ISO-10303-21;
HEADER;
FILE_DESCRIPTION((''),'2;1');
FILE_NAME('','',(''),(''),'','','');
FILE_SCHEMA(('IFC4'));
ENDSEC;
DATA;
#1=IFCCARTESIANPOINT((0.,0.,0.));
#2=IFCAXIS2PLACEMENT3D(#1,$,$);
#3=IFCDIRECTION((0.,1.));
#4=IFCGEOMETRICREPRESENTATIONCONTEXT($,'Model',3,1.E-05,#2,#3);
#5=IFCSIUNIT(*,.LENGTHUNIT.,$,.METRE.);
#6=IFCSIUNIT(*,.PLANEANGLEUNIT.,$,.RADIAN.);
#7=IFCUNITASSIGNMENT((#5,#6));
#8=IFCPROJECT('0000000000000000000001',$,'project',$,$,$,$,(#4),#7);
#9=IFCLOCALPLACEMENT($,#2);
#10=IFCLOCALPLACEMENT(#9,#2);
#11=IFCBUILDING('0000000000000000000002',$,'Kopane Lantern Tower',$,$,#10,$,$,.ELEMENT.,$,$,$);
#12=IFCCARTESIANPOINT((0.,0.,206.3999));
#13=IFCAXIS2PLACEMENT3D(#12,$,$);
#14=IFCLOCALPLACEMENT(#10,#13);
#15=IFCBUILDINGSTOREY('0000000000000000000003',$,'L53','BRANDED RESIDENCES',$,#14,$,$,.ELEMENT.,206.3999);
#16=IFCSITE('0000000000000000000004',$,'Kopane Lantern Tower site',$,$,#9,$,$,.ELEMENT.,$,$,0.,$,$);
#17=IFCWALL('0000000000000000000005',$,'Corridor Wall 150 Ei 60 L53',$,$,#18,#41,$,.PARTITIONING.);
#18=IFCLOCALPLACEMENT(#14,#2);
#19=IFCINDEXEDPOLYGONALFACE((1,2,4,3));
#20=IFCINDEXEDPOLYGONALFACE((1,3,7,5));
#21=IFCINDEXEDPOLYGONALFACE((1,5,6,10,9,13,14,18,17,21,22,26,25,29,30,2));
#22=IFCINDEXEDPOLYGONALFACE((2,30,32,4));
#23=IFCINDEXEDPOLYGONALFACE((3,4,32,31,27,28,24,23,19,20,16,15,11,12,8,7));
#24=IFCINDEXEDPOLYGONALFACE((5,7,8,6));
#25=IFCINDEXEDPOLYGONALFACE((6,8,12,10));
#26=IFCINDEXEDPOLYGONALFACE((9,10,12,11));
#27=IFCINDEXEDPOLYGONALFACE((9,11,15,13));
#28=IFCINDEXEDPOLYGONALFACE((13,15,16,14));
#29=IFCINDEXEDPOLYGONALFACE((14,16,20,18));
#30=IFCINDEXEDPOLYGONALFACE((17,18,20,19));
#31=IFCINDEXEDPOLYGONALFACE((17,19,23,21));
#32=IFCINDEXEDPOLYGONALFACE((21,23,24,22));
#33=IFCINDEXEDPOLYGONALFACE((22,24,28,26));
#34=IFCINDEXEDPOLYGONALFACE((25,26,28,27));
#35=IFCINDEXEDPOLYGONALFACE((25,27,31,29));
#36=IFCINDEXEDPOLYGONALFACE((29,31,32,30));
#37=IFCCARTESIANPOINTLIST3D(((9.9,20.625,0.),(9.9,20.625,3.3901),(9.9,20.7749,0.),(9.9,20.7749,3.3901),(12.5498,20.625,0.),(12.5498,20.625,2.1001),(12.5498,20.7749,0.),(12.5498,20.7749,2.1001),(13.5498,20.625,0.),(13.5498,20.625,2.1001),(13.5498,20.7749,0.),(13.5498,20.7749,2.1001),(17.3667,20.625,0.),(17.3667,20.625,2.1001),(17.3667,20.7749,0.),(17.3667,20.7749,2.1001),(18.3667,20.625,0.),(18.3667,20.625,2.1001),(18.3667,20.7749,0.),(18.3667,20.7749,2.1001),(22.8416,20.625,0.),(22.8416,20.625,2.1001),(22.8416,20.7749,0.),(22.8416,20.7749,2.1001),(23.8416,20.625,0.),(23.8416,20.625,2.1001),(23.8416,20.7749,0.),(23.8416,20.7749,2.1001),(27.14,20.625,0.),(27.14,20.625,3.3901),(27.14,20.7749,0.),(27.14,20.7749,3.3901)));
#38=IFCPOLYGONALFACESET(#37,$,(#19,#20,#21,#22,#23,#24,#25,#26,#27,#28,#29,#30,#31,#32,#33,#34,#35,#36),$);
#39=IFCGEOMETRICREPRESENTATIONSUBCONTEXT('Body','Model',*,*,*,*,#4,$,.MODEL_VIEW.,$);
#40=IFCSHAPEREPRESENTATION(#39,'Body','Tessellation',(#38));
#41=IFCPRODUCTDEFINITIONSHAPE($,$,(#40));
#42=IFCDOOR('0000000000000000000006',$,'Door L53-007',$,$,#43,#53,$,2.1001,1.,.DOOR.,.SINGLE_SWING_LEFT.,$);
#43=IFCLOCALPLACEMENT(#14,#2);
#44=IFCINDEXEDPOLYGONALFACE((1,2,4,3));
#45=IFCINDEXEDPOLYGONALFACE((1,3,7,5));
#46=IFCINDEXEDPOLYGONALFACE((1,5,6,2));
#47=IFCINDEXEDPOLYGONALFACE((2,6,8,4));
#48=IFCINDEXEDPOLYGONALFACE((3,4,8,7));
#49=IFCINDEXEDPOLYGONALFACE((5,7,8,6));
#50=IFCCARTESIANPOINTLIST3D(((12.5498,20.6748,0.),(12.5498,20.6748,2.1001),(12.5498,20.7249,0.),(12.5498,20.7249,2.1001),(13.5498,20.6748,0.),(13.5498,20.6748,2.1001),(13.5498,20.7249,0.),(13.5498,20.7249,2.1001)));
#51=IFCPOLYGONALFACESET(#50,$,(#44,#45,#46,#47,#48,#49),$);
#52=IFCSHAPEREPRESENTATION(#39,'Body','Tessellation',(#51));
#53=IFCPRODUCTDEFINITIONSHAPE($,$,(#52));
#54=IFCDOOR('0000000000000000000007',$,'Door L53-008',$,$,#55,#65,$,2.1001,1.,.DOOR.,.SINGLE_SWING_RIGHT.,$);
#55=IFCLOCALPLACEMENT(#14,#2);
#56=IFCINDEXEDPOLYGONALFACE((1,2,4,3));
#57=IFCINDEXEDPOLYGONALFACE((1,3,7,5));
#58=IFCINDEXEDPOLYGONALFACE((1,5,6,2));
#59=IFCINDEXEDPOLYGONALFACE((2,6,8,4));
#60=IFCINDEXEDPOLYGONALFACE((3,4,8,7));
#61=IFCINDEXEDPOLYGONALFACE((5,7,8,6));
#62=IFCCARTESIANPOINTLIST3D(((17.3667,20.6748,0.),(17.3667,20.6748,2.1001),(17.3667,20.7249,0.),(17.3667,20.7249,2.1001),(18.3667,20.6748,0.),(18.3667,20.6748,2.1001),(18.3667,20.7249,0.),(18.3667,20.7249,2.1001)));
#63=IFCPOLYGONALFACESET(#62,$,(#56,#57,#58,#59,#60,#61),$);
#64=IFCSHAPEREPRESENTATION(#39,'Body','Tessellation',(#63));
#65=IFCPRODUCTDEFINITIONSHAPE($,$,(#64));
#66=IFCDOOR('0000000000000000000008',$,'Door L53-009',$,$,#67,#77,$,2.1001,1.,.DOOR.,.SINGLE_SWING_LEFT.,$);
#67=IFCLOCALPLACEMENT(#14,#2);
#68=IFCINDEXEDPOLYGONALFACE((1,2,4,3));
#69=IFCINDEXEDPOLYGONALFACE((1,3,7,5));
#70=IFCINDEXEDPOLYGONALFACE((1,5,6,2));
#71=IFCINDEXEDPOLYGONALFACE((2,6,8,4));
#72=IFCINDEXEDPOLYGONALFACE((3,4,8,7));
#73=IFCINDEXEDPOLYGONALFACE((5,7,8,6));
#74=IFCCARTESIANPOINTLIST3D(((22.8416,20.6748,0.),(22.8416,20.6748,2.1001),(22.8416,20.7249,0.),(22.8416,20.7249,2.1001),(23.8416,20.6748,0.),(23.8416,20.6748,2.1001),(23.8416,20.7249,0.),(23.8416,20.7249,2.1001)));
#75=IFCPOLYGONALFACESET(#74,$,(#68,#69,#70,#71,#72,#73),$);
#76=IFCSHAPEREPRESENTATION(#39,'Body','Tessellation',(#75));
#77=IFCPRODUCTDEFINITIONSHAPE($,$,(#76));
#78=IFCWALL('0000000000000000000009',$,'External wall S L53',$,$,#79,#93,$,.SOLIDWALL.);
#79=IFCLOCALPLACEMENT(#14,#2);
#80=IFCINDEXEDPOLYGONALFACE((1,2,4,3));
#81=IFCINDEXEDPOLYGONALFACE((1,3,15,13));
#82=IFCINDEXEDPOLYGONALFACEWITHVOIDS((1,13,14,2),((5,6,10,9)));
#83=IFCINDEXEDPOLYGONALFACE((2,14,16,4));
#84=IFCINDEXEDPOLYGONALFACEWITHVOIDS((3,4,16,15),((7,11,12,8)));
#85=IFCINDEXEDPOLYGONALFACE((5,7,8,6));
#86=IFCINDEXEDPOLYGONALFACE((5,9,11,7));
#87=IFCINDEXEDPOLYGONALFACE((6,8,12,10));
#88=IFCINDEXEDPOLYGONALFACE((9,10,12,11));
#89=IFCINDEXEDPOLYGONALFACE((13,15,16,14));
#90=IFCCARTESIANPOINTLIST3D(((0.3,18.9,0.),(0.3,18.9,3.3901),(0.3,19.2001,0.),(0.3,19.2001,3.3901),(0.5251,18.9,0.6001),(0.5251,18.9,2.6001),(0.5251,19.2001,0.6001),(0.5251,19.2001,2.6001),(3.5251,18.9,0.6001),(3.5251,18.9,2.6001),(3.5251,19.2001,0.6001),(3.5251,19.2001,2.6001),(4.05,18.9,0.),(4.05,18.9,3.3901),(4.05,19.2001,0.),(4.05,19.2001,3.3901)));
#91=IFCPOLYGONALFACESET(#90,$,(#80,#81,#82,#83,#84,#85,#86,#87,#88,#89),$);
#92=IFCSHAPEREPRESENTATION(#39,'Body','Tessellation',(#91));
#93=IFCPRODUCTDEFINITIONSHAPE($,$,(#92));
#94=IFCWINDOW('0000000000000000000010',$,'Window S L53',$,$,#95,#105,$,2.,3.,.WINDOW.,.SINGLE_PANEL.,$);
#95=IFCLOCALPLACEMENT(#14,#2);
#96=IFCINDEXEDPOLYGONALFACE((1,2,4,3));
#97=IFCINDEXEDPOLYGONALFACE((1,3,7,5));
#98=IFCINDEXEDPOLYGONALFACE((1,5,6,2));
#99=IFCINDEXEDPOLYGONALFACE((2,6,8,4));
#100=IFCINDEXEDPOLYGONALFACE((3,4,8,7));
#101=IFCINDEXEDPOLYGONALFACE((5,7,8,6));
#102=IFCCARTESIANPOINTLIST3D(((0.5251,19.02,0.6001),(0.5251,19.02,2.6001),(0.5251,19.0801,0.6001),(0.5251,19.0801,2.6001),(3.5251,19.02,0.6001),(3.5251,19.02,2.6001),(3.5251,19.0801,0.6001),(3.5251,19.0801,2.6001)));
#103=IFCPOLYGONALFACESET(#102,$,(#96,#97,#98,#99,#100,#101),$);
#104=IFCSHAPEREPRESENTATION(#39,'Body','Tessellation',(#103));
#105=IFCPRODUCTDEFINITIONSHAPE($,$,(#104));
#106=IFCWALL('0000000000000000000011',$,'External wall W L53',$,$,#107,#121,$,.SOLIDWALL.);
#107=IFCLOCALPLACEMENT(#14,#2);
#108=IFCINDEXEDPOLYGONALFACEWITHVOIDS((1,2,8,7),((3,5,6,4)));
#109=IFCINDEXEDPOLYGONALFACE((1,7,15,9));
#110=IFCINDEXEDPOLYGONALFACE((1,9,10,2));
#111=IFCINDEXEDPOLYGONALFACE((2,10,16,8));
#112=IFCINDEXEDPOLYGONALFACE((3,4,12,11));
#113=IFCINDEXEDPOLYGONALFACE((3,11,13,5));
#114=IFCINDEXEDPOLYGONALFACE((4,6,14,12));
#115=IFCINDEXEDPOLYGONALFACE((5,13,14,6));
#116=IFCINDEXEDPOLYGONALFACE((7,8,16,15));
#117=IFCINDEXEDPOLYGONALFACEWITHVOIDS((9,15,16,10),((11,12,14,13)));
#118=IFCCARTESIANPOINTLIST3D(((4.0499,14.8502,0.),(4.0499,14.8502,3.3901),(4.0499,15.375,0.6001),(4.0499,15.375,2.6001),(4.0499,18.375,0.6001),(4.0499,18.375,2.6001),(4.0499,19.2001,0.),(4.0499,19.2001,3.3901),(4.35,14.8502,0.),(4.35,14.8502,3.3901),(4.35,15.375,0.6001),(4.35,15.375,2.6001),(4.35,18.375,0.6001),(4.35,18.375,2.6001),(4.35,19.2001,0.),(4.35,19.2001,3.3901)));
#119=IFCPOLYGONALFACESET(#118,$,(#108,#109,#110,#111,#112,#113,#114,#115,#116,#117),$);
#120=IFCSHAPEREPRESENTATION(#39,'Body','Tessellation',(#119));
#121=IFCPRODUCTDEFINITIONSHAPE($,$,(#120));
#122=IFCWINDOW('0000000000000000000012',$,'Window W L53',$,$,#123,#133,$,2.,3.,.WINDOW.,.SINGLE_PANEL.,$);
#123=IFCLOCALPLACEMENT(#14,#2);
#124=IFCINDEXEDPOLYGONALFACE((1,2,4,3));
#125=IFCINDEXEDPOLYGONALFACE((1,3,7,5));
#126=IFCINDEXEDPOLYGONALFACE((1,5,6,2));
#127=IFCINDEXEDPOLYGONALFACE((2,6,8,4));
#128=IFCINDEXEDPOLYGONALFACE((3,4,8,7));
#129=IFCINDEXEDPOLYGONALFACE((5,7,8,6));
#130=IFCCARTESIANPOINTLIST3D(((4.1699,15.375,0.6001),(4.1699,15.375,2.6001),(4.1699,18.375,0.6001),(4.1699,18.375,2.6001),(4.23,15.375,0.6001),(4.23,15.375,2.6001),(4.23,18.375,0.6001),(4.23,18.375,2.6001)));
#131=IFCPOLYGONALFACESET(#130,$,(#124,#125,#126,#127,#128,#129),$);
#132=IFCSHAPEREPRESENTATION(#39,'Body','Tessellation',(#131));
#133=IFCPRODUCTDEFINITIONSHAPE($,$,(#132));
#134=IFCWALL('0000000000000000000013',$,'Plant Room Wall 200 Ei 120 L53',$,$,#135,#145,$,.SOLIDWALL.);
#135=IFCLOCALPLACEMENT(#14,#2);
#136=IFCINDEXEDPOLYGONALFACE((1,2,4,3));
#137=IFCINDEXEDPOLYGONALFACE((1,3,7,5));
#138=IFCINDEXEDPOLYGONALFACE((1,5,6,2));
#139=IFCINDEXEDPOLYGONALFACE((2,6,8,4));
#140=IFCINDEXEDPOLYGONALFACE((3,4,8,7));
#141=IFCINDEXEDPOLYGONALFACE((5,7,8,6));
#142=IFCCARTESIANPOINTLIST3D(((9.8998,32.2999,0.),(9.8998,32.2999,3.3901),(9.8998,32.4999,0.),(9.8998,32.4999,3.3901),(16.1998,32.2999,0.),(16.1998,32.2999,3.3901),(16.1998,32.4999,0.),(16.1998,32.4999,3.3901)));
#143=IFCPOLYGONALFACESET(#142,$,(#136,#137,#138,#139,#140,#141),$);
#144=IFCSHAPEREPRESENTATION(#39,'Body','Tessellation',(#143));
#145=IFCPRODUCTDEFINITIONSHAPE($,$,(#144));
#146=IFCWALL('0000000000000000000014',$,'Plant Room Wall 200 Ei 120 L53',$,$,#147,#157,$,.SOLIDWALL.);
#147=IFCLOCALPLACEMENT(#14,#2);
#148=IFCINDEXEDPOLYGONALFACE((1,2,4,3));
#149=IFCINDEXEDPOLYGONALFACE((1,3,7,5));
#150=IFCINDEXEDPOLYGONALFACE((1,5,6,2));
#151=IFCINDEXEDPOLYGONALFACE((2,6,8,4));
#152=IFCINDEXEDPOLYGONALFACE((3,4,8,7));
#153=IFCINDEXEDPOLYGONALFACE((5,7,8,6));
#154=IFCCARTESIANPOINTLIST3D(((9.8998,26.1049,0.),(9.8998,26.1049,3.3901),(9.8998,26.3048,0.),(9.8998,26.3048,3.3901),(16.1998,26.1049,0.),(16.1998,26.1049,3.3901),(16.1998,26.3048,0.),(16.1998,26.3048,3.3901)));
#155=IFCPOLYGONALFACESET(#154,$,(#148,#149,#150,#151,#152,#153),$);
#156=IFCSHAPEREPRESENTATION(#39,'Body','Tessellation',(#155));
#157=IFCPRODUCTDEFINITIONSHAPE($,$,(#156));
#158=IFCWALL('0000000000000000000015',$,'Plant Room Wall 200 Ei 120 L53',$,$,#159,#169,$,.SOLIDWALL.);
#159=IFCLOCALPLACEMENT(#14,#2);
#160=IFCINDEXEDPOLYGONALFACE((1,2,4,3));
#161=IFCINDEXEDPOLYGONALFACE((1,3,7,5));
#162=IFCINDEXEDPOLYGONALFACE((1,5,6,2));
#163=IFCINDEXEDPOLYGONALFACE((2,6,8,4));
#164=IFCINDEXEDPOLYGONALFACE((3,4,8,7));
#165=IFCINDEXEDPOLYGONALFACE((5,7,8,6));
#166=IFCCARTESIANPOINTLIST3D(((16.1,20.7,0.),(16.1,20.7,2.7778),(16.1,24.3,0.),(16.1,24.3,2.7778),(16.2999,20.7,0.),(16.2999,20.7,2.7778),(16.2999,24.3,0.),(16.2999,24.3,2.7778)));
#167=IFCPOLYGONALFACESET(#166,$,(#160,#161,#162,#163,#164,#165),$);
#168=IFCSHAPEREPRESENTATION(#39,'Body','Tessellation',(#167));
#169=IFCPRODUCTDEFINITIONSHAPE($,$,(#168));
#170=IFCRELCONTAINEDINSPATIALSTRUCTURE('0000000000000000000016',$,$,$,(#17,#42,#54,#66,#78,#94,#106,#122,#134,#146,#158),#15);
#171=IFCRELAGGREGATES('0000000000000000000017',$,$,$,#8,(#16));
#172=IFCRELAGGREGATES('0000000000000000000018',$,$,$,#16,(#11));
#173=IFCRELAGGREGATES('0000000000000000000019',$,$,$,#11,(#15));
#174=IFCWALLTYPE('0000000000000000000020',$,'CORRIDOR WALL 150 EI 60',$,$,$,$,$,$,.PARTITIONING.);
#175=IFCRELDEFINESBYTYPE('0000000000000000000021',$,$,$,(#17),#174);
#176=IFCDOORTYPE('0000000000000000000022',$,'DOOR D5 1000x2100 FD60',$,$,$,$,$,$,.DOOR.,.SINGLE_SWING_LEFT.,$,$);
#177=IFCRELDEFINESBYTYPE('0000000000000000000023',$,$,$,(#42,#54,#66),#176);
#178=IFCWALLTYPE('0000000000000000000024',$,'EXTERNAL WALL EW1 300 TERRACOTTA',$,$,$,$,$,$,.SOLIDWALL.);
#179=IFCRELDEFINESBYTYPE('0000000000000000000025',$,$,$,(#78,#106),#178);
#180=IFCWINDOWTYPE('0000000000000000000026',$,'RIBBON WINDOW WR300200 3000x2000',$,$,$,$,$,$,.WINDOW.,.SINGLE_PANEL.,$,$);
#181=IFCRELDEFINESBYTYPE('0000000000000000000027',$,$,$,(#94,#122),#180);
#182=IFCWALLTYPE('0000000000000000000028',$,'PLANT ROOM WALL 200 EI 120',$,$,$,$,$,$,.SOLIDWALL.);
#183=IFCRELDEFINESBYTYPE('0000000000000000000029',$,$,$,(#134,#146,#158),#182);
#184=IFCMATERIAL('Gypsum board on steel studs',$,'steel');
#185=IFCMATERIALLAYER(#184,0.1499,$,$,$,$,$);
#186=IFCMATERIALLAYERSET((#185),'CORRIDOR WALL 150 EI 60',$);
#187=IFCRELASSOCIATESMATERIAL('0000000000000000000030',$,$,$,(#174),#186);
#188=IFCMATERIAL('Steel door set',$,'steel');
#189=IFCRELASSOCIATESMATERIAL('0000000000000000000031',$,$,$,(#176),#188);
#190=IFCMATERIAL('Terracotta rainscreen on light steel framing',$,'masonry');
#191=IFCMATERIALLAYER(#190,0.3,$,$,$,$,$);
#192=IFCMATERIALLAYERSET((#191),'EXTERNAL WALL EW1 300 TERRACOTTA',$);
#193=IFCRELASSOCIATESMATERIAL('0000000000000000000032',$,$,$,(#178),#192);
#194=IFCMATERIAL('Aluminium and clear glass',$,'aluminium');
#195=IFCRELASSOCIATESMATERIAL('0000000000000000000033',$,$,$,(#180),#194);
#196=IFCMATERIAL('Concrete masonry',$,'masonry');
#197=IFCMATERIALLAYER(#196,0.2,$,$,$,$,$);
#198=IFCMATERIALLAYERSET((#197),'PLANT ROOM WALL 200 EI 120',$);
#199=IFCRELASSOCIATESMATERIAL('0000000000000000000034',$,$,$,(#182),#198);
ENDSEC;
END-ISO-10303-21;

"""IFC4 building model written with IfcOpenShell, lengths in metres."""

from ifc_helpers import new_model, si_unit, direction, frame, frame_2d, origin, place, context, subcontext, project, spatial, rectangle, extrude, material, layer, layer_set, type_object, element, fill, save


model = new_model("IFC4")

# Units and contexts
model_context = context("Model", 3, precision=1e-05, world=origin(), true_north=direction((0.0, 1.0)))
body_context = subcontext(model_context, "Body", "Model", "MODEL_VIEW")
ifc_project = project(units=[si_unit("LENGTHUNIT", "METRE"), si_unit("PLANEANGLEUNIT", "RADIAN")], contexts=[model_context])

# Site, building, storey
site_placement = place(None, origin())
site = spatial("IfcSite", under=ifc_project, at=site_placement, Name="Kopane Lantern Tower site", CompositionType="ELEMENT", RefElevation=0.0)
building_placement = place(site_placement, origin())
building = spatial("IfcBuilding", under=site, at=building_placement, Name="Kopane Lantern Tower", CompositionType="ELEMENT")
storey_placement = place(building_placement, frame((0.0, 0.0, 206.3999)))
storey = spatial("IfcBuildingStorey", under=building, at=storey_placement, Name="L53", Description="BRANDED RESIDENCES", CompositionType="ELEMENT", Elevation=206.3999)

# Wall, openings, doors
ifc_material_1 = material(Name="Gypsum board on steel studs", Category="steel")
ifc_layer_1 = layer(ifc_material_1, 0.1499)
ifc_layer_set_1 = layer_set([ifc_layer_1], Name="CORRIDOR WALL 150 EI 60")
wall_type_1 = type_object("IfcWallType", Name="CORRIDOR WALL 150 EI 60", PredefinedType="PARTITIONING", material=ifc_layer_set_1)
wall_1_placement = place(storey_placement, frame((9.8999, 20.7, 0.0), z_axis=(0.0, 0.0, 1.0), x_axis=(1.0, 0.0, 0.0)))
wall_1 = element("IfcWall", 1, at=wall_1_placement, inside=storey, type_object=wall_type_1, Name="Corridor Wall 150 Ei 60 L53", PredefinedType="PARTITIONING", context=body_context, shape_type="SweptSolid", body=[
    extrude(rectangle(XDim=17.24, YDim=0.1499, at=frame_2d((8.6201, 0.0))), origin(), (0.0, 0.0, 1.0), 3.3901),
])
opening_1_placement = place(wall_1_placement, frame((2.6499, 0.0, 0.0)))
opening_1 = element("IfcOpeningElement", 2, at=opening_1_placement, cuts=wall_1, PredefinedType="OPENING", context=body_context, shape_type="SweptSolid", body=[
    extrude(rectangle(XDim=1.0, YDim=2.1001, at=frame_2d((0.5, 1.05))), frame((0.0, 0.085, 0.0), z_axis=(0.0, -1.0, 0.0), x_axis=(1.0, 0.0, 0.0)), (0.0, 0.0, 1.0), 0.1699),
])
opening_2_placement = place(wall_1_placement, frame((7.4668, 0.0, 0.0)))
opening_2 = element("IfcOpeningElement", 3, at=opening_2_placement, cuts=wall_1, PredefinedType="OPENING", context=body_context, shape_type="SweptSolid", body=[
    extrude(rectangle(XDim=1.0, YDim=2.1001, at=frame_2d((0.5, 1.05))), frame((0.0, 0.085, 0.0), z_axis=(0.0, -1.0, 0.0), x_axis=(1.0, 0.0, 0.0)), (0.0, 0.0, 1.0), 0.1699),
])
opening_3_placement = place(wall_1_placement, frame((12.9417, 0.0, 0.0)))
opening_3 = element("IfcOpeningElement", 4, at=opening_3_placement, cuts=wall_1, PredefinedType="OPENING", context=body_context, shape_type="SweptSolid", body=[
    extrude(rectangle(XDim=1.0, YDim=2.1001, at=frame_2d((0.5, 1.05))), frame((0.0, 0.085, 0.0), z_axis=(0.0, -1.0, 0.0), x_axis=(1.0, 0.0, 0.0)), (0.0, 0.0, 1.0), 0.1699),
])
ifc_material_2 = material(Name="Steel door set", Category="steel")
door_type_1 = type_object("IfcDoorType", Name="DOOR D5 1000x2100 FD60", OperationType="SINGLE_SWING_LEFT", PredefinedType="DOOR", material=ifc_material_2)
door_1_placement = place(opening_1_placement, origin())
door_1 = element("IfcDoor", 5, at=door_1_placement, inside=storey, type_object=door_type_1, Name="Door L53-007", OperationType="SINGLE_SWING_LEFT", OverallHeight=2.1001, OverallWidth=1.0, PredefinedType="DOOR", context=body_context, shape_type="SweptSolid", body=[
    extrude(rectangle(XDim=1.0, YDim=2.1001, at=frame_2d((0.5, 1.05))), frame((0.0, 0.0249, 0.0), z_axis=(0.0, -1.0, 0.0), x_axis=(1.0, 0.0, 0.0)), (0.0, 0.0, 1.0), 0.05),
])
fill(opening_1, door_1)
door_2_placement = place(opening_2_placement, origin())
door_2 = element("IfcDoor", 6, at=door_2_placement, inside=storey, type_object=door_type_1, Name="Door L53-008", OperationType="SINGLE_SWING_RIGHT", OverallHeight=2.1001, OverallWidth=1.0, PredefinedType="DOOR", context=body_context, shape_type="SweptSolid", body=[
    extrude(rectangle(XDim=1.0, YDim=2.1001, at=frame_2d((0.5, 1.05))), frame((0.0, 0.0249, 0.0), z_axis=(0.0, -1.0, 0.0), x_axis=(1.0, 0.0, 0.0)), (0.0, 0.0, 1.0), 0.05),
])
fill(opening_2, door_2)
door_3_placement = place(opening_3_placement, origin())
door_3 = element("IfcDoor", 7, at=door_3_placement, inside=storey, type_object=door_type_1, Name="Door L53-009", OperationType="SINGLE_SWING_LEFT", OverallHeight=2.1001, OverallWidth=1.0, PredefinedType="DOOR", context=body_context, shape_type="SweptSolid", body=[
    extrude(rectangle(XDim=1.0, YDim=2.1001, at=frame_2d((0.5, 1.05))), frame((0.0, 0.0249, 0.0), z_axis=(0.0, -1.0, 0.0), x_axis=(1.0, 0.0, 0.0)), (0.0, 0.0, 1.0), 0.05),
])
fill(opening_3, door_3)

# Walls, openings, windows
ifc_material_3 = material(Name="Terracotta rainscreen on light steel framing", Category="masonry")
ifc_layer_2 = layer(ifc_material_3, 0.3)
ifc_layer_set_2 = layer_set([ifc_layer_2], Name="EXTERNAL WALL EW1 300 TERRACOTTA")
wall_type_2 = type_object("IfcWallType", Name="EXTERNAL WALL EW1 300 TERRACOTTA", PredefinedType="SOLIDWALL", material=ifc_layer_set_2)
wall_2_placement = place(storey_placement, frame((0.3, 19.05, 0.0), z_axis=(0.0, 0.0, 1.0), x_axis=(1.0, 0.0, 0.0)))
wall_2 = element("IfcWall", 8, at=wall_2_placement, inside=storey, type_object=wall_type_2, Name="External wall S L53", PredefinedType="SOLIDWALL", context=body_context, shape_type="SweptSolid", body=[
    extrude(rectangle(XDim=3.75, YDim=0.3, at=frame_2d((1.875, 0.0))), origin(), (0.0, 0.0, 1.0), 3.3901),
])
opening_4_placement = place(wall_2_placement, frame((0.2251, 0.0, 0.6001)))
opening_4 = element("IfcOpeningElement", 9, at=opening_4_placement, cuts=wall_2, PredefinedType="OPENING", context=body_context, shape_type="SweptSolid", body=[
    extrude(rectangle(XDim=3.0, YDim=2.0, at=frame_2d((1.5, 1.0))), frame((0.0, 0.1599, 0.0), z_axis=(0.0, -1.0, 0.0), x_axis=(1.0, 0.0, 0.0)), (0.0, 0.0, 1.0), 0.3201),
])
ifc_material_4 = material(Name="Aluminium and clear glass", Category="aluminium")
window_type = type_object("IfcWindowType", Name="RIBBON WINDOW WR300200 3000x2000", PartitioningType="SINGLE_PANEL", PredefinedType="WINDOW", material=ifc_material_4)
window_1_placement = place(opening_4_placement, origin())
window_1 = element("IfcWindow", 10, at=window_1_placement, inside=storey, type_object=window_type, Name="Window S L53", OverallHeight=2.0, OverallWidth=3.0, PartitioningType="SINGLE_PANEL", PredefinedType="WINDOW", context=body_context, shape_type="SweptSolid", body=[
    extrude(rectangle(XDim=3.0, YDim=2.0, at=frame_2d((1.5, 1.0))), frame((0.0, 0.03, 0.0), z_axis=(0.0, -1.0, 0.0), x_axis=(1.0, 0.0, 0.0)), (0.0, 0.0, 1.0), 0.0601),
])
fill(opening_4, window_1)
wall_3_placement = place(storey_placement, frame((4.2, 19.2, 0.0), z_axis=(0.0, 0.0, 1.0), x_axis=(0.0, -1.0, 0.0)))
wall_3 = element("IfcWall", 11, at=wall_3_placement, inside=storey, type_object=wall_type_2, Name="External wall W L53", PredefinedType="SOLIDWALL", context=body_context, shape_type="SweptSolid", body=[
    extrude(rectangle(XDim=4.3499, YDim=0.3, at=frame_2d((2.1748, 0.0))), origin(), (0.0, 0.0, 1.0), 3.3901),
])
opening_5_placement = place(wall_3_placement, frame((0.825, 0.0, 0.6001)))
opening_5 = element("IfcOpeningElement", 12, at=opening_5_placement, cuts=wall_3, PredefinedType="OPENING", context=body_context, shape_type="SweptSolid", body=[
    extrude(rectangle(XDim=3.0, YDim=2.0, at=frame_2d((1.5, 1.0))), frame((0.0, 0.1599, 0.0), z_axis=(0.0, -1.0, 0.0), x_axis=(1.0, 0.0, 0.0)), (0.0, 0.0, 1.0), 0.3201),
])
window_2_placement = place(opening_5_placement, origin())
window_2 = element("IfcWindow", 13, at=window_2_placement, inside=storey, type_object=window_type, Name="Window W L53", OverallHeight=2.0, OverallWidth=3.0, PartitioningType="SINGLE_PANEL", PredefinedType="WINDOW", context=body_context, shape_type="SweptSolid", body=[
    extrude(rectangle(XDim=3.0, YDim=2.0, at=frame_2d((1.5, 1.0))), frame((0.0, 0.03, 0.0), z_axis=(0.0, -1.0, 0.0), x_axis=(1.0, 0.0, 0.0)), (0.0, 0.0, 1.0), 0.0601),
])
fill(opening_5, window_2)

# Walls
ifc_material_5 = material(Name="Concrete masonry", Category="masonry")
ifc_layer_3 = layer(ifc_material_5, 0.2)
ifc_layer_set_3 = layer_set([ifc_layer_3], Name="PLANT ROOM WALL 200 EI 120")
wall_type_3 = type_object("IfcWallType", Name="PLANT ROOM WALL 200 EI 120", PredefinedType="SOLIDWALL", material=ifc_layer_set_3)
for number, where, z_axis, x_axis, name in (
    (14, (9.8999, 32.3999, 0.0), (0.0, 0.0, 1.0), (1.0, 0.0, 0.0), "Plant Room Wall 200 Ei 120 L53"),
    (15, (9.8999, 26.2048, 0.0), (0.0, 0.0, 1.0), (1.0, 0.0, 0.0), "Plant Room Wall 200 Ei 120 L53"),
):
    element("IfcWall", number, at=place(storey_placement, frame(where, z_axis=z_axis, x_axis=x_axis)), inside=storey, type_object=wall_type_3, Name=name, PredefinedType="SOLIDWALL", context=body_context, shape_type="SweptSolid", body=[
        extrude(rectangle(XDim=6.3, YDim=0.2, at=frame_2d((3.1499, 0.0))), origin(), (0.0, 0.0, 1.0), 3.3901),
    ])
wall_4_placement = place(storey_placement, frame((16.2, 20.7, 0.0), z_axis=(0.0, 0.0, 1.0), x_axis=(0.0, 1.0, 0.0)))
element("IfcWall", 16, at=wall_4_placement, inside=storey, type_object=wall_type_3, Name="Plant Room Wall 200 Ei 120 L53", PredefinedType="SOLIDWALL", context=body_context, shape_type="SweptSolid", body=[
    extrude(rectangle(XDim=3.6001, YDim=0.2, at=frame_2d((1.8, 0.0))), origin(), (0.0, 0.0, 1.0), 2.7778),
])

save(model, "model.ifc")
